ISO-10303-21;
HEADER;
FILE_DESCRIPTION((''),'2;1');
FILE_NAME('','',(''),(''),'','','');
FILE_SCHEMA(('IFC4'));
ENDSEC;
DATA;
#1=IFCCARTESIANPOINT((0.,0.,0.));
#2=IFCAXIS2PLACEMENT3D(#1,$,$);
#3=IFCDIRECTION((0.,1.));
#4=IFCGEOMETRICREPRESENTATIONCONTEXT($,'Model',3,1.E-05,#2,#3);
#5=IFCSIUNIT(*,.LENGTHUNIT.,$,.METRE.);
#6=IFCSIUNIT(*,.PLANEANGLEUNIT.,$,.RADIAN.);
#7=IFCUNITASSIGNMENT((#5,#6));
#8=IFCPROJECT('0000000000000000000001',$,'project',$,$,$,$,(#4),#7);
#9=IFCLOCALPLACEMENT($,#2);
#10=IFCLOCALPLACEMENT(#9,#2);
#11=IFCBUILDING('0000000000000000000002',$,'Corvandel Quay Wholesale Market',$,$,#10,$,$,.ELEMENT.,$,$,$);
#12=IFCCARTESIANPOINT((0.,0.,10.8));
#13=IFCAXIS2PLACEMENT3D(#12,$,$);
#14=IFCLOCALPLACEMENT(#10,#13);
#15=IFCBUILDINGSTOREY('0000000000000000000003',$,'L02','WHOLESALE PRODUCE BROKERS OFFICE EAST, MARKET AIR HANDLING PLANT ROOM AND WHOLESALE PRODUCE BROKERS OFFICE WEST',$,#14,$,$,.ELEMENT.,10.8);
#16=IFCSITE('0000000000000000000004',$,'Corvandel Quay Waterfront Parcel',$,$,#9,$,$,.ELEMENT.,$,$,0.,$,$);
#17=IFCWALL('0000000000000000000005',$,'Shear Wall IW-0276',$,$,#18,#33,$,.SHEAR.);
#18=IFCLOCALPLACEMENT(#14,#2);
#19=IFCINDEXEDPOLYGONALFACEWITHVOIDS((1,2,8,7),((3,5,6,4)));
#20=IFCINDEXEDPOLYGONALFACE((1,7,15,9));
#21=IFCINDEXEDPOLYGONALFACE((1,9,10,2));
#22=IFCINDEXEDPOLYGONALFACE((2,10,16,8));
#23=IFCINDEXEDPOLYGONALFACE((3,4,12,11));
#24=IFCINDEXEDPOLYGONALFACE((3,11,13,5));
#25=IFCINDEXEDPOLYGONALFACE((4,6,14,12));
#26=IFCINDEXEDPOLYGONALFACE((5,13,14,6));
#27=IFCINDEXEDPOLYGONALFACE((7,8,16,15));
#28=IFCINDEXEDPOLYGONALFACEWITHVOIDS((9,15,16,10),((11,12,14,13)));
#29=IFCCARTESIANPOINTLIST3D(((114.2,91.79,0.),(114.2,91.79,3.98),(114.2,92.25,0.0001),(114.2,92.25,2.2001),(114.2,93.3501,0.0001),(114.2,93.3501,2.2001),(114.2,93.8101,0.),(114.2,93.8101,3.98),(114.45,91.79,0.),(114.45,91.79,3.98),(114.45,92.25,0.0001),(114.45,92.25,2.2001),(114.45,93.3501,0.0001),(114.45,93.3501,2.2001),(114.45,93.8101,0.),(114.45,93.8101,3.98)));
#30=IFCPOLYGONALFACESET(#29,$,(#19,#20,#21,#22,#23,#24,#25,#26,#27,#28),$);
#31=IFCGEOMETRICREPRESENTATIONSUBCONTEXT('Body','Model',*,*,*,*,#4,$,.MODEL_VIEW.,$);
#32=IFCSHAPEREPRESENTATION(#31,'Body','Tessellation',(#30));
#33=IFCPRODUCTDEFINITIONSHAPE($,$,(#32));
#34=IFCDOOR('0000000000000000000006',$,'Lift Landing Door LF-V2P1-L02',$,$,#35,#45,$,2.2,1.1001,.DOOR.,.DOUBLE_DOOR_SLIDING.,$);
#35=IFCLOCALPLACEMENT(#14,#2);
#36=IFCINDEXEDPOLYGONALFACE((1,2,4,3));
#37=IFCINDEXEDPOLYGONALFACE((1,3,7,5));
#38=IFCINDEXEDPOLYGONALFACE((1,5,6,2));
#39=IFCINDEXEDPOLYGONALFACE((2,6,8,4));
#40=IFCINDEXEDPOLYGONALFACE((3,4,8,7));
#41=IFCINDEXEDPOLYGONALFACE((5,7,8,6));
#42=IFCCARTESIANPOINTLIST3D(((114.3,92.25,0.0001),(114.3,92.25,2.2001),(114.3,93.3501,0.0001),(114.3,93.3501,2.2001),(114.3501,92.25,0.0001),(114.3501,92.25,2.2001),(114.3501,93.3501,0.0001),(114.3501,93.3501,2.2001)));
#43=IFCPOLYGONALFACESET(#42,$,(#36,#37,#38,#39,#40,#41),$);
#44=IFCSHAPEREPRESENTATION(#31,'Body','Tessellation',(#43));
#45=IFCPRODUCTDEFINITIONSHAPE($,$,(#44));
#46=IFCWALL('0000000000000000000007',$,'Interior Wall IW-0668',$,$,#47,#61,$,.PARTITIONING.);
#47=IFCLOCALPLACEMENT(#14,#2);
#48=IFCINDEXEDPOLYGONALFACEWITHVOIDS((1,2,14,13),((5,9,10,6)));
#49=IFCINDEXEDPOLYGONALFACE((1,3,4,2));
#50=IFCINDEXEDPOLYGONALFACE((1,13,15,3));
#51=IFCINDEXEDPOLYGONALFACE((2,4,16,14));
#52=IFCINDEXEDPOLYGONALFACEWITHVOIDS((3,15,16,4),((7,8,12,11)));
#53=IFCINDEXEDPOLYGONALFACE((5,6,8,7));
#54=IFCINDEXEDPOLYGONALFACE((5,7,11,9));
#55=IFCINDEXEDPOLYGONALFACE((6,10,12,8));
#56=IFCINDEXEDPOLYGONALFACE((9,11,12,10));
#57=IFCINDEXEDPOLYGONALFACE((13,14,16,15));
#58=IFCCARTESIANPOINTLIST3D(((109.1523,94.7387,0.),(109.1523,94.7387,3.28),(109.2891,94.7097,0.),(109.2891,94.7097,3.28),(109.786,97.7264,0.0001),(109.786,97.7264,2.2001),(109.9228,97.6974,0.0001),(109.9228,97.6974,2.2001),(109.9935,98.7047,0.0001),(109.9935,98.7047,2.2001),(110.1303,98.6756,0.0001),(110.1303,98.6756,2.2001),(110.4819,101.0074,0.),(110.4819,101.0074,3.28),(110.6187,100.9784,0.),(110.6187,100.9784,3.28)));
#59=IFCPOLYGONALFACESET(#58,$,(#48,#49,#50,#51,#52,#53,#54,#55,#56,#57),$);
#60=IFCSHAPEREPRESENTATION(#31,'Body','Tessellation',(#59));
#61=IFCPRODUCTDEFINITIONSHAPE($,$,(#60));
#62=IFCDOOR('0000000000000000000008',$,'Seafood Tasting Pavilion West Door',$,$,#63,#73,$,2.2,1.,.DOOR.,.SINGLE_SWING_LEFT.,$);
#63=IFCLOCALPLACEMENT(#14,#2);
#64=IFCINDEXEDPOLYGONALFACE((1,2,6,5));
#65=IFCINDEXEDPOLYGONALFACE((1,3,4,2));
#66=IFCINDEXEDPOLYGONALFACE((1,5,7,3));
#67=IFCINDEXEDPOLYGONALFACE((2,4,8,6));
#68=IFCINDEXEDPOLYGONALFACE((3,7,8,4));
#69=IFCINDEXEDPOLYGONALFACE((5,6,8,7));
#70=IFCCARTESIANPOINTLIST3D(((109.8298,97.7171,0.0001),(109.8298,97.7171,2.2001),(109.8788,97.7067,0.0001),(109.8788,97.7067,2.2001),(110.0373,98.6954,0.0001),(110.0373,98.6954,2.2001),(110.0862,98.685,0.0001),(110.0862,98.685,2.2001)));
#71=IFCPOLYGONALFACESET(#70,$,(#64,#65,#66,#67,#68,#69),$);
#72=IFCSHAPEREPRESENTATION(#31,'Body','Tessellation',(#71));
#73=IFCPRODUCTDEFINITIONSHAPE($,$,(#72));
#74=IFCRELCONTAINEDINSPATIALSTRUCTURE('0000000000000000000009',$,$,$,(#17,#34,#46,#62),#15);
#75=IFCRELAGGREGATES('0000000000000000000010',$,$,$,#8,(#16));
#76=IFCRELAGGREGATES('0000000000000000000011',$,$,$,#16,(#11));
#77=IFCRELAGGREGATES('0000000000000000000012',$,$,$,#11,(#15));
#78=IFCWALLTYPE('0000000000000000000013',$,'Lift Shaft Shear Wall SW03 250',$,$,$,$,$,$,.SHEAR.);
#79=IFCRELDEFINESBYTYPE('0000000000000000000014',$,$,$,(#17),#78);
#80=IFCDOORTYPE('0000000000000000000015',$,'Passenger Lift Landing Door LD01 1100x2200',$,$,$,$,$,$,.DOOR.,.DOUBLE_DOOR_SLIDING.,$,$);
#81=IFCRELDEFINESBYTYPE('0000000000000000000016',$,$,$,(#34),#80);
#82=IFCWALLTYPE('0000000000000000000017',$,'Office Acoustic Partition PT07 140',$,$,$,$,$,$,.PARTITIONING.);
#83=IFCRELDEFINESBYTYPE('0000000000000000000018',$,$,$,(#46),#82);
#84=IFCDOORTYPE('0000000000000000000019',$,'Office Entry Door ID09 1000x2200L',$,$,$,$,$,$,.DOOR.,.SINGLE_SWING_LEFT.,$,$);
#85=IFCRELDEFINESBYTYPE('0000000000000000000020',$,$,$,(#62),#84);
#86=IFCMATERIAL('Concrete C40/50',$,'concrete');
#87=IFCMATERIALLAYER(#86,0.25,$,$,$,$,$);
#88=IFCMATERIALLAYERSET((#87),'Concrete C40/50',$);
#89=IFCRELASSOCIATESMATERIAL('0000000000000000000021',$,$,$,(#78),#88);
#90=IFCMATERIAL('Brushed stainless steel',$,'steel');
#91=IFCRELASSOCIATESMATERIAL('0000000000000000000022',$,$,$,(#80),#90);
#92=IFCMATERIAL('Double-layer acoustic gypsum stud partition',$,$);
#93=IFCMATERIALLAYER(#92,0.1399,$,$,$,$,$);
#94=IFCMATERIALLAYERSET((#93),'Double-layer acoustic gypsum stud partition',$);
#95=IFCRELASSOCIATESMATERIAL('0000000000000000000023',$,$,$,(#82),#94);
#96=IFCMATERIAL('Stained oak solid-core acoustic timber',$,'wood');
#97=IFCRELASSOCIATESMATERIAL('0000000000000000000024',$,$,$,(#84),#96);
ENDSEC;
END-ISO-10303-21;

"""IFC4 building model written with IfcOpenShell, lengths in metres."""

from ifc_helpers import new_model, si_unit, direction, frame, frame_2d, origin, place, context, subcontext, project, spatial, rectangle, extrude, material, layer, layer_set, type_object, element, fill, save


model = new_model("IFC4")

# Units and contexts
model_context = context("Model", 3, precision=1e-05, world=origin(), true_north=direction((0.0, 1.0)))
body_context = subcontext(model_context, "Body", "Model", "MODEL_VIEW")
ifc_project = project(units=[si_unit("LENGTHUNIT", "METRE"), si_unit("PLANEANGLEUNIT", "RADIAN")], contexts=[model_context])

# Site, building, storey
site_placement = place(None, origin())
site = spatial("IfcSite", under=ifc_project, at=site_placement, Name="Corvandel Quay Waterfront Parcel", CompositionType="ELEMENT", RefElevation=0.0)
building_placement = place(site_placement, origin())
building = spatial("IfcBuilding", under=site, at=building_placement, Name="Corvandel Quay Wholesale Market", CompositionType="ELEMENT")
storey_placement = place(building_placement, frame((0.0, 0.0, 10.8)))
storey = spatial("IfcBuildingStorey", under=building, at=storey_placement, Name="L02", Description="WHOLESALE PRODUCE BROKERS OFFICE EAST, MARKET AIR HANDLING PLANT ROOM AND WHOLESALE PRODUCE BROKERS OFFICE WEST", CompositionType="ELEMENT", Elevation=10.8)

# Shared definitions
ifc_material_1 = material(Name="Concrete C40/50", Category="concrete")
ifc_layer_1 = layer(ifc_material_1, 0.25)
ifc_layer_set_1 = layer_set([ifc_layer_1], Name="Concrete C40/50")
wall_type_1 = type_object("IfcWallType", Name="Lift Shaft Shear Wall SW03 250", PredefinedType="SHEAR", material=ifc_layer_set_1)

# Walls, openings, doors
wall_1_placement = place(storey_placement, frame((114.325, 91.79, 0.0), z_axis=(0.0, 0.0, 1.0), x_axis=(0.0, 1.0, 0.0)))
wall_1 = element("IfcWall", 1, at=wall_1_placement, inside=storey, type_object=wall_type_1, Name="Shear Wall IW-0276", PredefinedType="SHEAR", context=body_context, shape_type="SweptSolid", body=[
    extrude(rectangle(XDim=2.02, YDim=0.25, at=frame_2d((1.01, 0.0))), origin(), (0.0, 0.0, 1.0), 3.98),
])
opening_1_placement = place(wall_1_placement, frame((0.46, 0.0, 0.0)))
opening_1 = element("IfcOpeningElement", 2, at=opening_1_placement, cuts=wall_1, PredefinedType="OPENING", context=body_context, shape_type="SweptSolid", body=[
    extrude(rectangle(XDim=1.1001, YDim=2.2, at=frame_2d((0.55, 1.1001))), frame((0.0, 0.135, 0.0), z_axis=(0.0, -1.0, 0.0), x_axis=(1.0, 0.0, 0.0)), (0.0, 0.0, 1.0), 0.27),
])
ifc_material_2 = material(Name="Brushed stainless steel", Category="steel")
door_type_1 = type_object("IfcDoorType", Name="Passenger Lift Landing Door LD01 1100x2200", OperationType="DOUBLE_DOOR_SLIDING", PredefinedType="DOOR", material=ifc_material_2)
door_1_placement = place(opening_1_placement, origin())
door_1 = element("IfcDoor", 3, at=door_1_placement, inside=storey, type_object=door_type_1, Name="Lift Landing Door LF-V2P1-L02", OperationType="DOUBLE_DOOR_SLIDING", OverallHeight=2.2, OverallWidth=1.1001, PredefinedType="DOOR", context=body_context, shape_type="SweptSolid", body=[
    extrude(rectangle(XDim=1.1001, YDim=2.2, at=frame_2d((0.55, 1.1001))), frame((0.0, 0.0249, 0.0), z_axis=(0.0, -1.0, 0.0), x_axis=(1.0, 0.0, 0.0)), (0.0, 0.0, 1.0), 0.05),
])
fill(opening_1, door_1)
ifc_material_3 = material(Name="Double-layer acoustic gypsum stud partition")
ifc_layer_2 = layer(ifc_material_3, 0.1399)
ifc_layer_set_2 = layer_set([ifc_layer_2], Name="Double-layer acoustic gypsum stud partition")
wall_type_2 = type_object("IfcWallType", Name="Office Acoustic Partition PT07 140", PredefinedType="PARTITIONING", material=ifc_layer_set_2)
wall_2_placement = place(storey_placement, frame((110.5503, 100.9929, 0.0), z_axis=(0.0, 0.0, 1.0), x_axis=(-0.207481, -0.978239, 0.0)))
wall_2 = element("IfcWall", 4, at=wall_2_placement, inside=storey, type_object=wall_type_2, Name="Interior Wall IW-0668", PredefinedType="PARTITIONING", context=body_context, shape_type="SweptSolid", body=[
    extrude(rectangle(XDim=6.4082, YDim=0.1399, at=frame_2d((3.2041, 0.0))), origin(), (0.0, 0.0, 1.0), 3.28),
])
opening_2_placement = place(wall_2_placement, frame((2.354, 0.0, 0.0)))
opening_2 = element("IfcOpeningElement", 5, at=opening_2_placement, cuts=wall_2, PredefinedType="OPENING", context=body_context, shape_type="SweptSolid", body=[
    extrude(rectangle(XDim=1.0, YDim=2.2, at=frame_2d((0.5, 1.1001))), frame((0.0, 0.0798, 0.0), z_axis=(0.0, -1.0, 0.0), x_axis=(1.0, 0.0, 0.0)), (0.0, 0.0, 1.0), 0.1599),
])
ifc_material_4 = material(Name="Stained oak solid-core acoustic timber", Category="wood")
door_type_2 = type_object("IfcDoorType", Name="Office Entry Door ID09 1000x2200L", OperationType="SINGLE_SWING_LEFT", PredefinedType="DOOR", material=ifc_material_4)
door_2_placement = place(opening_2_placement, origin())
door_2 = element("IfcDoor", 6, at=door_2_placement, inside=storey, type_object=door_type_2, Name="Seafood Tasting Pavilion West Door", OperationType="SINGLE_SWING_LEFT", OverallHeight=2.2, OverallWidth=1.0, PredefinedType="DOOR", context=body_context, shape_type="SweptSolid", body=[
    extrude(rectangle(XDim=1.0, YDim=2.2, at=frame_2d((0.5, 1.1001))), frame((0.0, 0.0249, 0.0), z_axis=(0.0, -1.0, 0.0), x_axis=(1.0, 0.0, 0.0)), (0.0, 0.0, 1.0), 0.05),
])
fill(opening_2, door_2)

save(model, "model.ifc")
